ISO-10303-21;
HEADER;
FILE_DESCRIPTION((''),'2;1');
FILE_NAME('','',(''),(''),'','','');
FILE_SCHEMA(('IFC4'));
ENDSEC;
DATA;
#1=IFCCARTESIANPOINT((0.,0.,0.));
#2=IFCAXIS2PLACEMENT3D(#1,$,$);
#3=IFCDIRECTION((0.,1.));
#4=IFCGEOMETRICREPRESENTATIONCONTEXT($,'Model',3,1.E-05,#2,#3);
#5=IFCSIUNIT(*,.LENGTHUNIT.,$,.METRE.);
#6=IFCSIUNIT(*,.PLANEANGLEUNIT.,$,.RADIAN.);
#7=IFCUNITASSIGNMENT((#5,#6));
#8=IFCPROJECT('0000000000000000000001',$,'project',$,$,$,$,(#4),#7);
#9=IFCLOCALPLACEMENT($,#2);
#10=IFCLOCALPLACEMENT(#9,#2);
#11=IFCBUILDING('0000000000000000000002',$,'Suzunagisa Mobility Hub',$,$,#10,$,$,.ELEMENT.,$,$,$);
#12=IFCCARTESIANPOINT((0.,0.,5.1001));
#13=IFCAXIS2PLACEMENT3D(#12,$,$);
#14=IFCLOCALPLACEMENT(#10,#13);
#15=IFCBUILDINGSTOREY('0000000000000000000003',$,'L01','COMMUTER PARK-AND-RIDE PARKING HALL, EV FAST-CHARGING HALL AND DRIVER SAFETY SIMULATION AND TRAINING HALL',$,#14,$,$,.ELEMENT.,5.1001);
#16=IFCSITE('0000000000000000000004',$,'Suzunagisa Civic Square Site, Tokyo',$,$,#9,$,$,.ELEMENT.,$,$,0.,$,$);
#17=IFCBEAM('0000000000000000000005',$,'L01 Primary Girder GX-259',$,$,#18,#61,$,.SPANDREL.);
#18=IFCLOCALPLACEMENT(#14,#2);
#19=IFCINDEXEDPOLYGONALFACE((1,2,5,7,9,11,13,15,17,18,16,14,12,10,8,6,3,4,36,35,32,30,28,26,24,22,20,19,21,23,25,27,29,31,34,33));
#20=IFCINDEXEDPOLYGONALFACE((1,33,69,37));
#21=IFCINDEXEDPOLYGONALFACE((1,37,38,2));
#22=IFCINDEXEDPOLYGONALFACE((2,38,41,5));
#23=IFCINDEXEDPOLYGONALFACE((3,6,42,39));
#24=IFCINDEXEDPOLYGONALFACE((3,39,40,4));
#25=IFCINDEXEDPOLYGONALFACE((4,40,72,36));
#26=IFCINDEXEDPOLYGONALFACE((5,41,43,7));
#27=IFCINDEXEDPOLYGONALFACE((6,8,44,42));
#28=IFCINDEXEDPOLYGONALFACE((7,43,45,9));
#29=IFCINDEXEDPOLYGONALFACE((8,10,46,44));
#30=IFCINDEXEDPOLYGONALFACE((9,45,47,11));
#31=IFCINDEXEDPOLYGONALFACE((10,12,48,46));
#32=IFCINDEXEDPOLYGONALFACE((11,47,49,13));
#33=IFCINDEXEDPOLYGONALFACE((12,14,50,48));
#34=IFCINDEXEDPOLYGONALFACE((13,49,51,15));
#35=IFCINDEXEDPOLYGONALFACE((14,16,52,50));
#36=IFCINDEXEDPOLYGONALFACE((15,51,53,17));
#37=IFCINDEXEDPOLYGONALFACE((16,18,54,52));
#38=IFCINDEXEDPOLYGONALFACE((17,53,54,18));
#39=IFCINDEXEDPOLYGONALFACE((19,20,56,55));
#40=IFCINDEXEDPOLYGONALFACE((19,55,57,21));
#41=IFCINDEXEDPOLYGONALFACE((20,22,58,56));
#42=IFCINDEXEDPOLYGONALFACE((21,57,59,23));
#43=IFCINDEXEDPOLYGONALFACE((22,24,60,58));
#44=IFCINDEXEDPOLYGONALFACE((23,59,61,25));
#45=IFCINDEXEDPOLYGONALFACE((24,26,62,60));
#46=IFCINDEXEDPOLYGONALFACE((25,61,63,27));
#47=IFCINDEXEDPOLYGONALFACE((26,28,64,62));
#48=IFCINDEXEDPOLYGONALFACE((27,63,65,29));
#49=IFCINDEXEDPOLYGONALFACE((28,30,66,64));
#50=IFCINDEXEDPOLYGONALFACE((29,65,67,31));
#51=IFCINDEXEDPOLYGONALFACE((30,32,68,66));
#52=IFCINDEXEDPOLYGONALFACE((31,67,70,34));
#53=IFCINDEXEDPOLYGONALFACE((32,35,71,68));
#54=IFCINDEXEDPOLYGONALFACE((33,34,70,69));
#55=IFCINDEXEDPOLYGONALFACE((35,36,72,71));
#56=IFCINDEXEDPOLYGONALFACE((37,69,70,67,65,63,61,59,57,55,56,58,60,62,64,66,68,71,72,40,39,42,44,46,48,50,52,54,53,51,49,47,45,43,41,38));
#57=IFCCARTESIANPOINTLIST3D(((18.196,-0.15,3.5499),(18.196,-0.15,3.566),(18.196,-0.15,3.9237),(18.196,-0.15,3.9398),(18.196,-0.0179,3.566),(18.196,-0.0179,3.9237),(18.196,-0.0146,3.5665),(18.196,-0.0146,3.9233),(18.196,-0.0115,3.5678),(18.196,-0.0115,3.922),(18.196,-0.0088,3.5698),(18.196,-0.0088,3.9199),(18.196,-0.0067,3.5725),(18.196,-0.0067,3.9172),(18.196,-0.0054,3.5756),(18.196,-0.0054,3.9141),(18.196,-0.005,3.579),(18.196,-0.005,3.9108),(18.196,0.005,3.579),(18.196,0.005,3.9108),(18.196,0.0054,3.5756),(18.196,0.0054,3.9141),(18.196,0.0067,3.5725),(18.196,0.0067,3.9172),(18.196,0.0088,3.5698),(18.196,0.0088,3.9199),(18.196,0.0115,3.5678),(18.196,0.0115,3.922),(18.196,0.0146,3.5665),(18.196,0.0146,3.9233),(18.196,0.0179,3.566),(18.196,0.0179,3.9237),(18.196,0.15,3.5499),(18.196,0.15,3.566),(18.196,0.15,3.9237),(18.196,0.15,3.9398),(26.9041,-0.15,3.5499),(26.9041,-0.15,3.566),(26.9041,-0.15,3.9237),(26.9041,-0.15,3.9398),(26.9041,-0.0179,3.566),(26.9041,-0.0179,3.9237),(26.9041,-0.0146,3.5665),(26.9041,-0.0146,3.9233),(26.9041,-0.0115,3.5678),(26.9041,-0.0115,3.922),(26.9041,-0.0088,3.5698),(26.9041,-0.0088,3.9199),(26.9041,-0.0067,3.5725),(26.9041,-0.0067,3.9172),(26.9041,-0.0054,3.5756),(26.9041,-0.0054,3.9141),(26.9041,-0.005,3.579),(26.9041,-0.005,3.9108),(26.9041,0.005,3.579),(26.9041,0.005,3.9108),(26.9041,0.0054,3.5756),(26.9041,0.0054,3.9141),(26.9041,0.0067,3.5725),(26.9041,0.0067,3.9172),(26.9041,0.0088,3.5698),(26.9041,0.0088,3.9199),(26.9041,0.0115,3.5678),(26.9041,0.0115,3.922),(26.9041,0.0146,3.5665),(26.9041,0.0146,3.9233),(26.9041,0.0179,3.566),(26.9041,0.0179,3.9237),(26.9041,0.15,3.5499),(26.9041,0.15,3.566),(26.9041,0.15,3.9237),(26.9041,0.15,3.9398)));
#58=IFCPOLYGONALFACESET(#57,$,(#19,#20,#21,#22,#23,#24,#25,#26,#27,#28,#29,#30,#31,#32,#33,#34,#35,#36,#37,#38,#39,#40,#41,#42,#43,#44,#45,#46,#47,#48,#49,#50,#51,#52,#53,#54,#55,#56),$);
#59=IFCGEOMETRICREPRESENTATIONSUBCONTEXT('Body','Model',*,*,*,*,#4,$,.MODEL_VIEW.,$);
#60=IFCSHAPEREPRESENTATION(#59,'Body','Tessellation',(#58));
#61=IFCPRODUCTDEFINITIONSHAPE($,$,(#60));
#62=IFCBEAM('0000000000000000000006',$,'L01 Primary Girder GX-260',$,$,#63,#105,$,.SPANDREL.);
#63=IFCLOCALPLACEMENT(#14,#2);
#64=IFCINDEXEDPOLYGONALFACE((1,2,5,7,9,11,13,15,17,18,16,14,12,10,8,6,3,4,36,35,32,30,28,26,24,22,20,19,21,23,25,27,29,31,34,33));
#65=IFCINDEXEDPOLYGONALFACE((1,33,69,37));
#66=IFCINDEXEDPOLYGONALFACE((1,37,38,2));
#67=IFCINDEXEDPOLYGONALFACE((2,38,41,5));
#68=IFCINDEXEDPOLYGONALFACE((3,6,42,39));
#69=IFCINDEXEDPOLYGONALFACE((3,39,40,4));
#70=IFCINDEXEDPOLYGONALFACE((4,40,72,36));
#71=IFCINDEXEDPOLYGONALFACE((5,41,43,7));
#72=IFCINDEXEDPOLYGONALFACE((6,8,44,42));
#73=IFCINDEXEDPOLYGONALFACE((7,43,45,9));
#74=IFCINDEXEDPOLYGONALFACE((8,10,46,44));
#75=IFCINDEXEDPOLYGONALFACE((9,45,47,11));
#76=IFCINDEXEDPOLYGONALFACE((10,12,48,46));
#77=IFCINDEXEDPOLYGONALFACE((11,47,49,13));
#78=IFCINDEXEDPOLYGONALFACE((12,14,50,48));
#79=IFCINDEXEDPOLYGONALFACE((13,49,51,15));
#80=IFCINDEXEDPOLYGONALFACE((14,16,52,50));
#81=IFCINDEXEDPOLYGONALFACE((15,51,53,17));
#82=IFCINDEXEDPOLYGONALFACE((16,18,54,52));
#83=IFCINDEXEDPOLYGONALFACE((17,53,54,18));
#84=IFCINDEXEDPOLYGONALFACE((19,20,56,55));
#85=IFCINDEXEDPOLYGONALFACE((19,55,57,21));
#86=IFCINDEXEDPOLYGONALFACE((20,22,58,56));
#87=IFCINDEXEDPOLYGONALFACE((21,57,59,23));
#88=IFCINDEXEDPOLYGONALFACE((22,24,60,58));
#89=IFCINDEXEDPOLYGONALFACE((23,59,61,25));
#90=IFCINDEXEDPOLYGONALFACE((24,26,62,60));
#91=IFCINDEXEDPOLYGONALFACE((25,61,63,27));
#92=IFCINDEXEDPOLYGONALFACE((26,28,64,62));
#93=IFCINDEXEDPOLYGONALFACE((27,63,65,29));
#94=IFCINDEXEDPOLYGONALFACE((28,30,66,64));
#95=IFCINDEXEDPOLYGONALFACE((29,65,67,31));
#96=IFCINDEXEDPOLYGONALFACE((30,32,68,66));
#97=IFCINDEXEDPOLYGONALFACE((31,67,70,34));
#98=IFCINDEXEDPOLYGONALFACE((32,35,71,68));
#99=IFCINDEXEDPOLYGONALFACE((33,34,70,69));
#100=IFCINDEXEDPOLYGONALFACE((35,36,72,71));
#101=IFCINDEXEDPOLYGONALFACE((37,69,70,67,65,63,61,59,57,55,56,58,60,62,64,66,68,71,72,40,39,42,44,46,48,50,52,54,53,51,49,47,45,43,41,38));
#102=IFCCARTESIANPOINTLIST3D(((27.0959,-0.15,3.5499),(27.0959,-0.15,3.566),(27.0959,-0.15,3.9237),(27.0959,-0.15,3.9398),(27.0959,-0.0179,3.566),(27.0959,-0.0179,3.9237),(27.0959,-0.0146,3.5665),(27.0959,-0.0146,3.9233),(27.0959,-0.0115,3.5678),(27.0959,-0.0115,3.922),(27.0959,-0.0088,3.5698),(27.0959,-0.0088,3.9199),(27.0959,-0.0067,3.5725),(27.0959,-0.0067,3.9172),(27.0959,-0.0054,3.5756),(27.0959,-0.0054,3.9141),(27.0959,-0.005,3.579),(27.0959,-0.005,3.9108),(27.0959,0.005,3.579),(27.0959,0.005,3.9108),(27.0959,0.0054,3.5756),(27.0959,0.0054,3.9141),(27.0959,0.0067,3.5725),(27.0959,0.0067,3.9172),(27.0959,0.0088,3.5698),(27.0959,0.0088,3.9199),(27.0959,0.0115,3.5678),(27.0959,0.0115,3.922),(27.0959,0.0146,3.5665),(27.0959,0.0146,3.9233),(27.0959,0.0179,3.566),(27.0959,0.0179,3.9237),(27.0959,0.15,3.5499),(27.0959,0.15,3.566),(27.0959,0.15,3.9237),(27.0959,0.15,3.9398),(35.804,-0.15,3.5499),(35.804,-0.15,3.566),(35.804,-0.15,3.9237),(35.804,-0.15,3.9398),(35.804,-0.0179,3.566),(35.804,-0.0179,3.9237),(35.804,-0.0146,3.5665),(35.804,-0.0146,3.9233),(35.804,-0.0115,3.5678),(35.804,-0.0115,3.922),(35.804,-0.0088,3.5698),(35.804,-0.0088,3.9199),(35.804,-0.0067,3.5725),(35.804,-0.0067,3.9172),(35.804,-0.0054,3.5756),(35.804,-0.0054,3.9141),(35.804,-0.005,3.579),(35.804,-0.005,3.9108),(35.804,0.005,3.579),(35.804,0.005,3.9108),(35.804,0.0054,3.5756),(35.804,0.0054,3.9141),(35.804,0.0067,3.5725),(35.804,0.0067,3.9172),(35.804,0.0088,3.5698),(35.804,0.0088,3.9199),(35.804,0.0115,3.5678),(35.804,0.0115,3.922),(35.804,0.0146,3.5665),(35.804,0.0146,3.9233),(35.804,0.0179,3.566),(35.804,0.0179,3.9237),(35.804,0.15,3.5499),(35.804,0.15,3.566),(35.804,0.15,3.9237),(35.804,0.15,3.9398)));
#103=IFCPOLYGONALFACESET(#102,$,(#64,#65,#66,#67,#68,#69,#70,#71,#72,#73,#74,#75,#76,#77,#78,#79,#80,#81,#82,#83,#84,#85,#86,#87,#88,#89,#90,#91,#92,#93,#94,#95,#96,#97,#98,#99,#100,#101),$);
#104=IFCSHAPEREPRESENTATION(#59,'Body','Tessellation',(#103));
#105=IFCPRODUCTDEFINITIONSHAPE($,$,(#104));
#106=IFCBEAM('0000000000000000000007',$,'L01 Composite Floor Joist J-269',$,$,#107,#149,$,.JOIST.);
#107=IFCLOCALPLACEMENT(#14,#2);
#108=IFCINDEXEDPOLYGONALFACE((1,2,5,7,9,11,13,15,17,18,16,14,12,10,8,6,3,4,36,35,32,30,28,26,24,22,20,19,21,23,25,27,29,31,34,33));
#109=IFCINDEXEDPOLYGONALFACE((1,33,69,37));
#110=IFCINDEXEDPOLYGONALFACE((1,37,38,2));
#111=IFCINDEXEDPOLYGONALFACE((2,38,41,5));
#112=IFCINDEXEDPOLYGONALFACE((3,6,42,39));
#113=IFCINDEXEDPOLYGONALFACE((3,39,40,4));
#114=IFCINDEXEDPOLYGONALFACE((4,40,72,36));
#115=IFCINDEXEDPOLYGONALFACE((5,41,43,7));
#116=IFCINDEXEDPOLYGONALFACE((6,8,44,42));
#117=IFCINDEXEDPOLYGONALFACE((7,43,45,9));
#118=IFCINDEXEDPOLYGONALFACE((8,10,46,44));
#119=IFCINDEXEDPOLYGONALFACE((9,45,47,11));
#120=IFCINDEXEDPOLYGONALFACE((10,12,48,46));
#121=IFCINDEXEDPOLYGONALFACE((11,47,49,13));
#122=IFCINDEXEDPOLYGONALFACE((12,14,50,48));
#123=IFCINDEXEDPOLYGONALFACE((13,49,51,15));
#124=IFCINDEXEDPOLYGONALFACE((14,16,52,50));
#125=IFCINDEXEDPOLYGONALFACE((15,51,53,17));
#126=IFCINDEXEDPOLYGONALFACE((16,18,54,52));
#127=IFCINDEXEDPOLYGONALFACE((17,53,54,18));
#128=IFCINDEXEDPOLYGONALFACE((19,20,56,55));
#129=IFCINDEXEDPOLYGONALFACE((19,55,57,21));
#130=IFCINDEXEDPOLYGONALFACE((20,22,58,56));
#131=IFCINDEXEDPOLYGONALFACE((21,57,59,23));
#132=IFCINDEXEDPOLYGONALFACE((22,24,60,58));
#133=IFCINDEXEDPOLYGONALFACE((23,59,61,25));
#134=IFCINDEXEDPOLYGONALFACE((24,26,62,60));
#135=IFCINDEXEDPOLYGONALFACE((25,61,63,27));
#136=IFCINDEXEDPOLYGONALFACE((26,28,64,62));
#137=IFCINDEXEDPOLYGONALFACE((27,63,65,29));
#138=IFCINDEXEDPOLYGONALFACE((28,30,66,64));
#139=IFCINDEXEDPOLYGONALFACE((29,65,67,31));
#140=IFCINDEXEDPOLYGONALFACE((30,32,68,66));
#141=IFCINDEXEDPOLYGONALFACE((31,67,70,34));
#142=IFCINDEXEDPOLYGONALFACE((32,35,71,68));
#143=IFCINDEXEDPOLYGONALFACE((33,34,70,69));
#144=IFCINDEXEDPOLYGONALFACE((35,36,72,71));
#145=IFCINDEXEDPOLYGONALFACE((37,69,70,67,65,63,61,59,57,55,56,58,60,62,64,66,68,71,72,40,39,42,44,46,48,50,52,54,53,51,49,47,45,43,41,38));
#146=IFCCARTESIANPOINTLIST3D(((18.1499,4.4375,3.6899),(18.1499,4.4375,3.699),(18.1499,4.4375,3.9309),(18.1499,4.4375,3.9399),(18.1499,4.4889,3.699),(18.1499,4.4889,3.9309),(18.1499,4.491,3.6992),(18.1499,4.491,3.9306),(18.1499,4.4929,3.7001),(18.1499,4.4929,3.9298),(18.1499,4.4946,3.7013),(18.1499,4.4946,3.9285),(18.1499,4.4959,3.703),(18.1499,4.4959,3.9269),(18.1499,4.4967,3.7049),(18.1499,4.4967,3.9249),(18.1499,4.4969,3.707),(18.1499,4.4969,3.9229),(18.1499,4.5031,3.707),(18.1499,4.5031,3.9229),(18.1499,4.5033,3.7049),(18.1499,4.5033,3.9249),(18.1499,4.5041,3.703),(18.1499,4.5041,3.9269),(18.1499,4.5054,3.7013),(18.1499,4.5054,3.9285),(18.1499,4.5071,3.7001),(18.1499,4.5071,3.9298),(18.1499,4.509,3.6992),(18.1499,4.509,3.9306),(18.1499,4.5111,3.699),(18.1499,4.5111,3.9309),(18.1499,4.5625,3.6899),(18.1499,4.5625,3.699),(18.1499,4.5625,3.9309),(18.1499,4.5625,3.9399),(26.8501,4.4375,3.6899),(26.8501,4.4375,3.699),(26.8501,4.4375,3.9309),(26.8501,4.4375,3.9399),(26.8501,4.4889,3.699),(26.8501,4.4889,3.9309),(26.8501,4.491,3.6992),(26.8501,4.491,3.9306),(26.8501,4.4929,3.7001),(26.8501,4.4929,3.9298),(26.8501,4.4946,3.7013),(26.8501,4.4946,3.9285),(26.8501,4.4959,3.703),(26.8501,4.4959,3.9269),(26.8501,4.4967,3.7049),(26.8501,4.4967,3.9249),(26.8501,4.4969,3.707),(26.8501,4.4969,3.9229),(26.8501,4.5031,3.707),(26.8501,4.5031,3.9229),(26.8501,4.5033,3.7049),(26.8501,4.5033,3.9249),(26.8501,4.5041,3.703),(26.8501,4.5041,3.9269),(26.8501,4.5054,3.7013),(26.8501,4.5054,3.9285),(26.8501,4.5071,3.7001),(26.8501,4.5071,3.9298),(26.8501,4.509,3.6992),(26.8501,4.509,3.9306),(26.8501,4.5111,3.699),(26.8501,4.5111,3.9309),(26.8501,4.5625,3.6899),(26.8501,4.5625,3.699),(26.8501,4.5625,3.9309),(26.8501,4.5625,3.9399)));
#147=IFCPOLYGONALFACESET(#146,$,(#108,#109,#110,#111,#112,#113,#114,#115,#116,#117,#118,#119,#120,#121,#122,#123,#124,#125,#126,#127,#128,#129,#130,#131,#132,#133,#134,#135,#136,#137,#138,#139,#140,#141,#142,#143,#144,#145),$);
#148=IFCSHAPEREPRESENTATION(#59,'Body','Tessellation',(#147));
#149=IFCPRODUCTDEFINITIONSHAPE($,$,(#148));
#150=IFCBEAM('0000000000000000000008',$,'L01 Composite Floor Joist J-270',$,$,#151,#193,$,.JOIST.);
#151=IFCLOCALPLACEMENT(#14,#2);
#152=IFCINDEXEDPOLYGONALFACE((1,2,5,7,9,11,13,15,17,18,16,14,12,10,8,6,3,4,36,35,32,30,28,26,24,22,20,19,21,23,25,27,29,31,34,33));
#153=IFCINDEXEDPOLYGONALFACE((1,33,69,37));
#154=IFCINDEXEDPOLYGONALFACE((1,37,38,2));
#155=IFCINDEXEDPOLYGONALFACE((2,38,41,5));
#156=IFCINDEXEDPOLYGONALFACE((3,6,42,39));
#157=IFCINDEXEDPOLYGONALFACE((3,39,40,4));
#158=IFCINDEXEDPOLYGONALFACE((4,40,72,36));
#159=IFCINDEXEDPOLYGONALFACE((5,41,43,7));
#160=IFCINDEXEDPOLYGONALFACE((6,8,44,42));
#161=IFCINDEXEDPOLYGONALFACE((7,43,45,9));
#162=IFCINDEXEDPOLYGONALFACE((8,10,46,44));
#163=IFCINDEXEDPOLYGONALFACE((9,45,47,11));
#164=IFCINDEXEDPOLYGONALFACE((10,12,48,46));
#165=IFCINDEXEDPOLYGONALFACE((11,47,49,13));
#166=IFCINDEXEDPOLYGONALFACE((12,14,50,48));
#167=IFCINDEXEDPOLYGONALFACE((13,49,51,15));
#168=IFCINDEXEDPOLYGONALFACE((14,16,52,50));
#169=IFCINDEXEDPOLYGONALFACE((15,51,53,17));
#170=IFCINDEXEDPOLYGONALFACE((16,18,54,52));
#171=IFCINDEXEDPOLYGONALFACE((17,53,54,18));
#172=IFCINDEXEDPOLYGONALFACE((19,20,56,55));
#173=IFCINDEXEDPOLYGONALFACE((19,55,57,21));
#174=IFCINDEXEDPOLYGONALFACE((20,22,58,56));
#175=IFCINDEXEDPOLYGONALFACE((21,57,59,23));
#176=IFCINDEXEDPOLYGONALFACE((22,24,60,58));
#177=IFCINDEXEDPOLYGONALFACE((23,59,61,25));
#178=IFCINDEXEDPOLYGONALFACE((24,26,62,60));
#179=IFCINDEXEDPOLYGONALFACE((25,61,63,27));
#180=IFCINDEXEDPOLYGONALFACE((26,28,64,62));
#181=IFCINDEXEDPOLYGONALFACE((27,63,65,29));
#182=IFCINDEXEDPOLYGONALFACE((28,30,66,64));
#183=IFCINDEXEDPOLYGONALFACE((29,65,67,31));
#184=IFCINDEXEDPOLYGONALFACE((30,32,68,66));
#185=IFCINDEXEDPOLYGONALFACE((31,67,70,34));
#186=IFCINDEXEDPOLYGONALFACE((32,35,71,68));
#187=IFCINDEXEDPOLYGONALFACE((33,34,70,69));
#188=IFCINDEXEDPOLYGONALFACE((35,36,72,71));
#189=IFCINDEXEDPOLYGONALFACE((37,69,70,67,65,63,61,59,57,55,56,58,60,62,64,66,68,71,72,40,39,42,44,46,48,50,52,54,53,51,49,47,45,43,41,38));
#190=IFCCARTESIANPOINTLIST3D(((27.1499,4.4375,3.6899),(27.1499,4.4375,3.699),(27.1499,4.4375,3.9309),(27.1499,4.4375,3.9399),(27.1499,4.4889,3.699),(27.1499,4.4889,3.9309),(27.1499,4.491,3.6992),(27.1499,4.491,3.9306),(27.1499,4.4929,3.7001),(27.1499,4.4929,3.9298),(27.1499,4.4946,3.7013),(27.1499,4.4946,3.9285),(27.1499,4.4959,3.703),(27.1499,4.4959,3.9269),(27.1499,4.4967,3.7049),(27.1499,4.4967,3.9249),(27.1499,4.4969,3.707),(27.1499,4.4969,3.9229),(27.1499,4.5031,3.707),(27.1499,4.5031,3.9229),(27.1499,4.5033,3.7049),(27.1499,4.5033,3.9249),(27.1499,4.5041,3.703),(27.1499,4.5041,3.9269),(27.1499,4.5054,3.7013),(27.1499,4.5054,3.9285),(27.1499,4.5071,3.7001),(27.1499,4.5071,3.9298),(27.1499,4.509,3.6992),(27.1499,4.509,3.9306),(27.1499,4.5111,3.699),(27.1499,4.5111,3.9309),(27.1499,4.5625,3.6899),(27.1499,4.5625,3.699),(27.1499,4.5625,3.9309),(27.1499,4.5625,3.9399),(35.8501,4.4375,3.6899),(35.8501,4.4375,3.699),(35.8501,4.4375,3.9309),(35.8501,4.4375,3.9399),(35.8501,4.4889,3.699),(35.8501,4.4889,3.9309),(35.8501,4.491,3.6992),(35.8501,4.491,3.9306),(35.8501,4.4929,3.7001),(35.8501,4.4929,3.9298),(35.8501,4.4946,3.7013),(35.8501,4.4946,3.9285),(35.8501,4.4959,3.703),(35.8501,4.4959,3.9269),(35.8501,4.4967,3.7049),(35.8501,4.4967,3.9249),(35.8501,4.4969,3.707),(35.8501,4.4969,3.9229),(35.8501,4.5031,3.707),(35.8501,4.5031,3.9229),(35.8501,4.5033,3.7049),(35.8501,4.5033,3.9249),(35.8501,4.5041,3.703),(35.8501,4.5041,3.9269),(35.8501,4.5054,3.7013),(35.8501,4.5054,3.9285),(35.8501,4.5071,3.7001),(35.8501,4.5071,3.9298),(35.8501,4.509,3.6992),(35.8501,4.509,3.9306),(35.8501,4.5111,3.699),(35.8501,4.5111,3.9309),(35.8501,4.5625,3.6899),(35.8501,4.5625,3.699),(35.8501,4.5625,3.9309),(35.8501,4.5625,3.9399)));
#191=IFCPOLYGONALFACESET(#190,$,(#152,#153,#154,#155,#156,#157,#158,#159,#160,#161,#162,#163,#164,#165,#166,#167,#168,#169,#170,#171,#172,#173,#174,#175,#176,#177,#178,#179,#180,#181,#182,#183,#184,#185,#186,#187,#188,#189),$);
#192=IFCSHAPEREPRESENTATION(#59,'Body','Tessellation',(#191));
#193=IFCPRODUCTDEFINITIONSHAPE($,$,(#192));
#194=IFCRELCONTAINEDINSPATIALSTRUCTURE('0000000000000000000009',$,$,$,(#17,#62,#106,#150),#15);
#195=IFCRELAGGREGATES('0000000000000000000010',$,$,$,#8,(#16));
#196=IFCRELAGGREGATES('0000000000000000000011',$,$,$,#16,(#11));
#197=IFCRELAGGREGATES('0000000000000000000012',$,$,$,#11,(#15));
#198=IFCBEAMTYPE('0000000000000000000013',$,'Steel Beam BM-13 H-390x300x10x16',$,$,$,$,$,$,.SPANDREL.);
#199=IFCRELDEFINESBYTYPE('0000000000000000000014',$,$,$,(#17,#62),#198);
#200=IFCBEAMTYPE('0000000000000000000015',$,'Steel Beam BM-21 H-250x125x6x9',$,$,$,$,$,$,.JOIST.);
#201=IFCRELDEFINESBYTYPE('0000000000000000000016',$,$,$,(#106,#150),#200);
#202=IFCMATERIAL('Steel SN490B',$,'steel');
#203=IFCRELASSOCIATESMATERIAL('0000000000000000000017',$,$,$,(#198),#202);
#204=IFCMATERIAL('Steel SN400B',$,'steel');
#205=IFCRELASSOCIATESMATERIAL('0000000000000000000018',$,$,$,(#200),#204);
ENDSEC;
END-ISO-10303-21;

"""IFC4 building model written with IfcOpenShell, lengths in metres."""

from ifc_helpers import new_model, si_unit, direction, frame, origin, origin_2d, place, context, subcontext, project, spatial, i_section, extrude, material, material_profile, profile_set, type_object, element, save


model = new_model("IFC4")

# Units and contexts
model_context = context("Model", 3, precision=1e-05, world=origin(), true_north=direction((0.0, 1.0)))
body_context = subcontext(model_context, "Body", "Model", "MODEL_VIEW")
ifc_project = project(units=[si_unit("LENGTHUNIT", "METRE"), si_unit("PLANEANGLEUNIT", "RADIAN")], contexts=[model_context])

# Site, building, storey
site_placement = place(None, origin())
site = spatial("IfcSite", under=ifc_project, at=site_placement, Name="Suzunagisa Civic Square Site, Tokyo", CompositionType="ELEMENT", RefElevation=0.0)
building_placement = place(site_placement, origin())
building = spatial("IfcBuilding", under=site, at=building_placement, Name="Suzunagisa Mobility Hub", CompositionType="ELEMENT")
storey_placement = place(building_placement, frame((0.0, 0.0, 5.1001)))
storey = spatial("IfcBuildingStorey", under=building, at=storey_placement, Name="L01", Description="COMMUTER PARK-AND-RIDE PARKING HALL, EV FAST-CHARGING HALL AND DRIVER SAFETY SIMULATION AND TRAINING HALL", CompositionType="ELEMENT", Elevation=5.1001)

# Shared definitions
ifc_material_1 = material(Name="Steel SN490B", Category="steel")

# Beams
ifc_material_profile_1 = material_profile(ifc_material_1, i_section(OverallWidth=0.3, OverallDepth=0.3899, WebThickness=0.01, FlangeThickness=0.0161, FilletRadius=0.0129, at=origin_2d()), Name="H-390x300x10x16")
ifc_profile_set_1 = profile_set([ifc_material_profile_1], Name="Steel SN490B")
beam_type_1 = type_object("IfcBeamType", Name="Steel Beam BM-13 H-390x300x10x16", PredefinedType="SPANDREL", material=ifc_profile_set_1)
for number, where, z_axis, x_axis, name in (
    (1, (18.196, 0.0, 3.7449), (1.0, 0.0, 0.0), (0.0, 1.0, 0.0), "L01 Primary Girder GX-259"),
    (2, (27.0959, 0.0, 3.7449), (1.0, 0.0, 0.0), (0.0, 1.0, 0.0), "L01 Primary Girder GX-260"),
):
    element("IfcBeam", number, at=place(storey_placement, frame(where, z_axis=z_axis, x_axis=x_axis)), inside=storey, type_object=beam_type_1, Name=name, PredefinedType="SPANDREL", context=body_context, shape_type="SweptSolid", body=[
        extrude(i_section(OverallWidth=0.3, OverallDepth=0.3899, WebThickness=0.01, FlangeThickness=0.0161, FilletRadius=0.0129, at=origin_2d()), origin(), (0.0, 0.0, 1.0), 8.708),
    ])
ifc_material_2 = material(Name="Steel SN400B", Category="steel")
ifc_material_profile_2 = material_profile(ifc_material_2, i_section(OverallWidth=0.125, OverallDepth=0.25, WebThickness=0.0061, FlangeThickness=0.009, FilletRadius=0.0081, at=origin_2d()), Name="H-250x125x6x9")
ifc_profile_set_2 = profile_set([ifc_material_profile_2], Name="Steel SN400B")
beam_type_2 = type_object("IfcBeamType", Name="Steel Beam BM-21 H-250x125x6x9", PredefinedType="JOIST", material=ifc_profile_set_2)
for number, where, z_axis, x_axis, name in (
    (3, (18.1499, 4.5, 3.8149), (1.0, 0.0, 0.0), (0.0, 1.0, 0.0), "L01 Composite Floor Joist J-269"),
    (4, (27.1499, 4.5, 3.8149), (1.0, 0.0, 0.0), (0.0, 1.0, 0.0), "L01 Composite Floor Joist J-270"),
):
    element("IfcBeam", number, at=place(storey_placement, frame(where, z_axis=z_axis, x_axis=x_axis)), inside=storey, type_object=beam_type_2, Name=name, PredefinedType="JOIST", context=body_context, shape_type="SweptSolid", body=[
        extrude(i_section(OverallWidth=0.125, OverallDepth=0.25, WebThickness=0.0061, FlangeThickness=0.009, FilletRadius=0.0081, at=origin_2d()), origin(), (0.0, 0.0, 1.0), 8.7002),
    ])

save(model, "model.ifc")
